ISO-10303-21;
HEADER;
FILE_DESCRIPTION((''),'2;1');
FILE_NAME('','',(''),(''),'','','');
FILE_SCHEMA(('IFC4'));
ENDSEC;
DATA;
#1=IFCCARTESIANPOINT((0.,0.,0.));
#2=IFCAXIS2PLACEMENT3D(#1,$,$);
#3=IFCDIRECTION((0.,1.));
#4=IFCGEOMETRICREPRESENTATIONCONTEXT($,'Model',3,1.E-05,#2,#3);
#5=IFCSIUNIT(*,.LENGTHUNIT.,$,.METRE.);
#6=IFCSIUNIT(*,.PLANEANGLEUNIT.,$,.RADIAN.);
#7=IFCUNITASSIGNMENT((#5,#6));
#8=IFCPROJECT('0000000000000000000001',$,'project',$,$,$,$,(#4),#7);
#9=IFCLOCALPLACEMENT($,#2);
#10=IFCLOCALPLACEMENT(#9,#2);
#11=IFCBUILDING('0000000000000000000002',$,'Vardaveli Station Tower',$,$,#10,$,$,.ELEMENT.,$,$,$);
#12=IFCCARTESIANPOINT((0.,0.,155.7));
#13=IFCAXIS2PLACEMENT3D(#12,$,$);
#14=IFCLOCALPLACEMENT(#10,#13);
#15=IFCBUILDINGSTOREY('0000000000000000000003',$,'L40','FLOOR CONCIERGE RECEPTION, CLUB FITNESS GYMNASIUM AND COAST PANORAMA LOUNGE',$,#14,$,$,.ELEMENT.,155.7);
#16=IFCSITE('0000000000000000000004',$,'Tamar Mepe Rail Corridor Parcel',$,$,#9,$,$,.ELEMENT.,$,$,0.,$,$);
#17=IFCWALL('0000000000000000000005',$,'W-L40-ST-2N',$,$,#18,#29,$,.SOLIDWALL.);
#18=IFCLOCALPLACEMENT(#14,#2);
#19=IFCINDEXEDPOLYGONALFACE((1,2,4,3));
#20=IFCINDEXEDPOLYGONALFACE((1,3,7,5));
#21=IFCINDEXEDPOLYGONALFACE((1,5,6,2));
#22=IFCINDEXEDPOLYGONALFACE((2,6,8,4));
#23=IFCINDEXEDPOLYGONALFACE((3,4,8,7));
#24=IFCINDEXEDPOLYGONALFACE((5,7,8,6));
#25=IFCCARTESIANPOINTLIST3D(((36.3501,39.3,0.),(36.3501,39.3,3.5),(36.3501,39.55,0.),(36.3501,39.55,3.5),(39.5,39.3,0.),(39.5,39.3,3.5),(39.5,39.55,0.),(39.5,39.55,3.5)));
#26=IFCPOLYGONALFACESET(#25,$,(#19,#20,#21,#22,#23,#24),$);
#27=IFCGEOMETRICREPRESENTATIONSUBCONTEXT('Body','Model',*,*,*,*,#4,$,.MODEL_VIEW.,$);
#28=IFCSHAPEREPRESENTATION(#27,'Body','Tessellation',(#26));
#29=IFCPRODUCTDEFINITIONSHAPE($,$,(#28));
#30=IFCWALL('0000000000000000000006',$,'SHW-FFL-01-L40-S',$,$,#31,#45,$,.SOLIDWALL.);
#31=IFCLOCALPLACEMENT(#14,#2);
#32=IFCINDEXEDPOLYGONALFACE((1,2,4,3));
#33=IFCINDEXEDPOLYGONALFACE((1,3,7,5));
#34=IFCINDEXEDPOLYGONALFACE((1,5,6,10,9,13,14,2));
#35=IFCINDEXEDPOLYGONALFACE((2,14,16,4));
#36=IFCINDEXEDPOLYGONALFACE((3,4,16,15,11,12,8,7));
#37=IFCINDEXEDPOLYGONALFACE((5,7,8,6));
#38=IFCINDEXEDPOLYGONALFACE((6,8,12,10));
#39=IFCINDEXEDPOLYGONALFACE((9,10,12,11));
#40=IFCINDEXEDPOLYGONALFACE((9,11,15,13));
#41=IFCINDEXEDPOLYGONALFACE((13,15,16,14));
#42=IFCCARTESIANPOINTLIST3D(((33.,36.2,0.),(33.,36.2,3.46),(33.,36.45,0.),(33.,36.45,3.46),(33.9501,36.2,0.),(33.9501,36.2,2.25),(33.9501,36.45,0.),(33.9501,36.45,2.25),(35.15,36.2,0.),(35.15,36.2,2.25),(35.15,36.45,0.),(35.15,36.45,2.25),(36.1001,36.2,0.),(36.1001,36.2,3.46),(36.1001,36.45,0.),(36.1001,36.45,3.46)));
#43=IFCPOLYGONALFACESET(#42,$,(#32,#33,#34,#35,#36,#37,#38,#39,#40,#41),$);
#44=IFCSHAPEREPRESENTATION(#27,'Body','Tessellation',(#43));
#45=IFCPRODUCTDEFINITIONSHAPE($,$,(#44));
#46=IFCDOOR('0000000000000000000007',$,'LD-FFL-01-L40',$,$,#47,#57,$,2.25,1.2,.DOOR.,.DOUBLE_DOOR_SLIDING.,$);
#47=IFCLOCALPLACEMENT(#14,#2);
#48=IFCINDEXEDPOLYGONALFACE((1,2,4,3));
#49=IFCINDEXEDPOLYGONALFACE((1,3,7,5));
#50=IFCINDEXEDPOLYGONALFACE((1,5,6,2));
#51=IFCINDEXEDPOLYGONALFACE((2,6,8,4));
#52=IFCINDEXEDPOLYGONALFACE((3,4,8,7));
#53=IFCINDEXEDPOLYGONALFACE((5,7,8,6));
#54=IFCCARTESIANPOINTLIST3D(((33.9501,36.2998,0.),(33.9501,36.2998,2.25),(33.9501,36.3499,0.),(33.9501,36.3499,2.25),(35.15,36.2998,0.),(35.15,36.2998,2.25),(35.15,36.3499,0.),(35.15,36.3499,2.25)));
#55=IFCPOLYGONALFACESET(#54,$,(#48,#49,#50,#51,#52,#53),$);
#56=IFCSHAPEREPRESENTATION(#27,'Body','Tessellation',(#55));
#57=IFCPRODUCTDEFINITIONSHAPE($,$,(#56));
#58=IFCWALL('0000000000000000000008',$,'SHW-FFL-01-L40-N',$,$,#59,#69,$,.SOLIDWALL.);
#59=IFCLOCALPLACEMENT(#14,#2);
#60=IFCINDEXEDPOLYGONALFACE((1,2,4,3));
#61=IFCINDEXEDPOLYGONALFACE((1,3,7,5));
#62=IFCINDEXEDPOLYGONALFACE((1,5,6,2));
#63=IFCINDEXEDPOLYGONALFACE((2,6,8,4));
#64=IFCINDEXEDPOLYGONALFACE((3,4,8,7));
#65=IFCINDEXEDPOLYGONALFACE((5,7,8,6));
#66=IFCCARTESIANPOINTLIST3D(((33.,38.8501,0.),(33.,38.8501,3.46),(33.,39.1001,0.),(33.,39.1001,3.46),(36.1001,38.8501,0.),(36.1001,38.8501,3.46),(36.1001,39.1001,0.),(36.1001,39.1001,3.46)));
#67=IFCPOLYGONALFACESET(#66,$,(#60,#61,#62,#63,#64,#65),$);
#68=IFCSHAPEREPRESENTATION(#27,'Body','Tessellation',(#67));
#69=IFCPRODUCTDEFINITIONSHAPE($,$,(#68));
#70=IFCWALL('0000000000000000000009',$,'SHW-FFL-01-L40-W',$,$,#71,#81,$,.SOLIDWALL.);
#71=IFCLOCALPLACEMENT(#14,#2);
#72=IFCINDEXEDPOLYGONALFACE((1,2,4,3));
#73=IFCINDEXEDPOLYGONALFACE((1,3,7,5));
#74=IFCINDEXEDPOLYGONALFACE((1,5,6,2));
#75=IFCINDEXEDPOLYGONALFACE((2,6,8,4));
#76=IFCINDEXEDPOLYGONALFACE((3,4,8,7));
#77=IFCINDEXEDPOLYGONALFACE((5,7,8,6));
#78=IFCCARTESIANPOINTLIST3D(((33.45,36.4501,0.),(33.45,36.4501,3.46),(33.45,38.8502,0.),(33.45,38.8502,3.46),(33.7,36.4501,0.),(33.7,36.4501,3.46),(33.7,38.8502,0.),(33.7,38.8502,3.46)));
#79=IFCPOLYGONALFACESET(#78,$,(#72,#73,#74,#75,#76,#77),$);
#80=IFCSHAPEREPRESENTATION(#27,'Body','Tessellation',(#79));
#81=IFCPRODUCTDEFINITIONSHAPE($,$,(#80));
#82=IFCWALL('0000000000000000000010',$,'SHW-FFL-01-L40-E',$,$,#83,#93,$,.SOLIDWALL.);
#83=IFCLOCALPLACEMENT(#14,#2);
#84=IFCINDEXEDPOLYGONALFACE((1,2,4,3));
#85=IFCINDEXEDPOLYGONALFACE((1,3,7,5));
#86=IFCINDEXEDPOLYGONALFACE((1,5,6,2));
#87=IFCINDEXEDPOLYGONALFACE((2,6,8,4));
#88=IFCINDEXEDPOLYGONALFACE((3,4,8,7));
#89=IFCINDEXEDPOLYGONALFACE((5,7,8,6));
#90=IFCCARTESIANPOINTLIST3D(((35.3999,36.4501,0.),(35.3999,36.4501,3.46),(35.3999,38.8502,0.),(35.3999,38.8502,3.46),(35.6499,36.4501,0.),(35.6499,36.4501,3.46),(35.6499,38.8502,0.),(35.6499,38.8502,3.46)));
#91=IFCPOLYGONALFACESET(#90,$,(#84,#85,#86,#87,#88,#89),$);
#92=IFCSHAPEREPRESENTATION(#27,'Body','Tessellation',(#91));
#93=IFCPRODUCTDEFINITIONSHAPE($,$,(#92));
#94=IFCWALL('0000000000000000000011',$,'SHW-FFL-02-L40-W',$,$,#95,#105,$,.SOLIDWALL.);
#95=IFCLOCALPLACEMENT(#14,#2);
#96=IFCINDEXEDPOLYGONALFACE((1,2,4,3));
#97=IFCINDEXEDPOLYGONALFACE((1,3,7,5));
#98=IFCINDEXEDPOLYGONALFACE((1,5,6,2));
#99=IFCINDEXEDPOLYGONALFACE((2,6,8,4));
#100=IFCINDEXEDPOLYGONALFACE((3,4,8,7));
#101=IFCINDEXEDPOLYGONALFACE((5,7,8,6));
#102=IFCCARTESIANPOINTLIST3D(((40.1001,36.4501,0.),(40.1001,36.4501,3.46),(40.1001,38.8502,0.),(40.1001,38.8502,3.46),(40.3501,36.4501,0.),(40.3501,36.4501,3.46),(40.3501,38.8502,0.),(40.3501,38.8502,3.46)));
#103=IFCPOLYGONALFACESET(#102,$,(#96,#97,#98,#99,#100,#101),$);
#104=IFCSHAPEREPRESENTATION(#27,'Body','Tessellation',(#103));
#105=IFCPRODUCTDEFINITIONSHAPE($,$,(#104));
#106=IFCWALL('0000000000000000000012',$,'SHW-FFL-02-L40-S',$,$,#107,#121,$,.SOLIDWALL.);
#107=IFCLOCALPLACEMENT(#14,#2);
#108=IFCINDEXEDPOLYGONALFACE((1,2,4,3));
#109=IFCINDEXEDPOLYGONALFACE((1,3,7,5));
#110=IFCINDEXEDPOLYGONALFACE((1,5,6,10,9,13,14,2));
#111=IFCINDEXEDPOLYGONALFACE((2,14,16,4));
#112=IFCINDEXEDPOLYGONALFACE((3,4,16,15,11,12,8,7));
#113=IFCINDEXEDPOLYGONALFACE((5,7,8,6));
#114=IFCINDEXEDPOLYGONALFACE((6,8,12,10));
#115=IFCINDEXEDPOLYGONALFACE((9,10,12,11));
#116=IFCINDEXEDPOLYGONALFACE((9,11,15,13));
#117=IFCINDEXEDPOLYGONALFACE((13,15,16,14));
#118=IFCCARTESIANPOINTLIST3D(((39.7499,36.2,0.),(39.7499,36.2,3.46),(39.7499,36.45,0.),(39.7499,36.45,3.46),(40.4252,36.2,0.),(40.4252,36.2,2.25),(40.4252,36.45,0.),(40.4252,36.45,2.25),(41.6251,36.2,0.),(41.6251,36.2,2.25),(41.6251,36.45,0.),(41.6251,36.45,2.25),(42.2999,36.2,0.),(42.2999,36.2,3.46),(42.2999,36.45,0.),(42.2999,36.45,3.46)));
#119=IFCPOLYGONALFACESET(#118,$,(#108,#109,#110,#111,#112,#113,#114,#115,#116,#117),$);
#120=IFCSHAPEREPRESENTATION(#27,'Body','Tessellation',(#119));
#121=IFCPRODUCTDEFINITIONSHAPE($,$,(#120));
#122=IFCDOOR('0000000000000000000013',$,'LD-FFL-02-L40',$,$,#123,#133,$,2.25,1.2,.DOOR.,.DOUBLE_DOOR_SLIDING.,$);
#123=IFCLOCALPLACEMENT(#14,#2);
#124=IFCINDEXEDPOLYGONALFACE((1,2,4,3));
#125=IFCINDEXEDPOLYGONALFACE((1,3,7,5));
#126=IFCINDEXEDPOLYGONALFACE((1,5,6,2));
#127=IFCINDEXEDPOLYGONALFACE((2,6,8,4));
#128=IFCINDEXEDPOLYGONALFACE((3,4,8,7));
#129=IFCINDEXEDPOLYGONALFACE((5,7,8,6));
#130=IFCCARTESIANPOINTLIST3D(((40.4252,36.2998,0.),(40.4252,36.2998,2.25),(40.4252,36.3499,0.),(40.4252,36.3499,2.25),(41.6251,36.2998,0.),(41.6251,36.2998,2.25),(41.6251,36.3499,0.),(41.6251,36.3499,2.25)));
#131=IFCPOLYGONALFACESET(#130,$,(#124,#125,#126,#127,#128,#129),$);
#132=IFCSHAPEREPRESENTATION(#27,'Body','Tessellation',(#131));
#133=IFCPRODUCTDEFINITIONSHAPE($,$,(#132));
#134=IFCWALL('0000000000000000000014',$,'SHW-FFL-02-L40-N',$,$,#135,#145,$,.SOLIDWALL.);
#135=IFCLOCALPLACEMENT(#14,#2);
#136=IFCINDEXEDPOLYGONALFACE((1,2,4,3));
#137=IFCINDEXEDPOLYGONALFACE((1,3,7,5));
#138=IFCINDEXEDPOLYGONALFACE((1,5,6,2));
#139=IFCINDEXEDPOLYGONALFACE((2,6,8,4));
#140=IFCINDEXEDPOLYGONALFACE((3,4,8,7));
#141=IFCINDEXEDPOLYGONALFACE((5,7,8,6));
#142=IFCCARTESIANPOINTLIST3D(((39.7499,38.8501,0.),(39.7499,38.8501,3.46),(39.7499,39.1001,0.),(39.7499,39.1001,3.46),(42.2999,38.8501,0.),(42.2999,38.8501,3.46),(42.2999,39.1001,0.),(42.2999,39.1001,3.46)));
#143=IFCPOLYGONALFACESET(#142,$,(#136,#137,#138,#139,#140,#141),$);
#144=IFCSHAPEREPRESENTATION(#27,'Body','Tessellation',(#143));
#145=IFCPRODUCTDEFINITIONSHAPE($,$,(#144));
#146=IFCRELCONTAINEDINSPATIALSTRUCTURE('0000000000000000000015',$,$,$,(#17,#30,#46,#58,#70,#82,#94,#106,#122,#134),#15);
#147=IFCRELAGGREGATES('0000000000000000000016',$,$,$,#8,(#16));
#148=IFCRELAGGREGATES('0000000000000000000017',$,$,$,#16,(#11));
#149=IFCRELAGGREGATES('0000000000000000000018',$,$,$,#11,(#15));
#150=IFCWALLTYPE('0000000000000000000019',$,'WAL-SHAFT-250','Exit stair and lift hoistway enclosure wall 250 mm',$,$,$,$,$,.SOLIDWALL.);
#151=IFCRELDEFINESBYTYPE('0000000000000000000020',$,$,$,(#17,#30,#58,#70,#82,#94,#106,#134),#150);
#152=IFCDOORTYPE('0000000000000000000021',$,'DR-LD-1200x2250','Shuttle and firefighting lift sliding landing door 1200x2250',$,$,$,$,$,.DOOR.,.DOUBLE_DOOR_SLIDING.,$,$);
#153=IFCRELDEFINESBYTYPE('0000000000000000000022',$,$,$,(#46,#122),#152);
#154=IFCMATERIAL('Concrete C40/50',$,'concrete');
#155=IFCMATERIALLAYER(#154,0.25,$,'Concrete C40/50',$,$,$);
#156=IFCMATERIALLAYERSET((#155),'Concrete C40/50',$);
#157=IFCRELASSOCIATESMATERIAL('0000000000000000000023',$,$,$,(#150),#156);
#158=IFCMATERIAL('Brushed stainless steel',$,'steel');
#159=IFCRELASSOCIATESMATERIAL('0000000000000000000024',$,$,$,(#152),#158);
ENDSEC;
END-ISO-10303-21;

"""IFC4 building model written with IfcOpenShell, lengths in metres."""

from ifc_helpers import new_model, si_unit, direction, frame, frame_2d, origin, place, context, subcontext, project, spatial, rectangle, extrude, source, transform, mapped, material, layer, layer_set, type_object, element, fill, save


model = new_model("IFC4")

# Units and contexts
model_context = context("Model", 3, precision=1e-05, world=origin(), true_north=direction((0.0, 1.0)))
body_context = subcontext(model_context, "Body", "Model", "MODEL_VIEW")
ifc_project = project(units=[si_unit("LENGTHUNIT", "METRE"), si_unit("PLANEANGLEUNIT", "RADIAN")], contexts=[model_context])

# Site, building, storey
site_placement = place(None, origin())
site = spatial("IfcSite", under=ifc_project, at=site_placement, Name="Tamar Mepe Rail Corridor Parcel", CompositionType="ELEMENT", RefElevation=0.0)
building_placement = place(site_placement, origin())
building = spatial("IfcBuilding", under=site, at=building_placement, Name="Vardaveli Station Tower", CompositionType="ELEMENT")
storey_placement = place(building_placement, frame((0.0, 0.0, 155.7)))
storey = spatial("IfcBuildingStorey", under=building, at=storey_placement, Name="L40", Description="FLOOR CONCIERGE RECEPTION, CLUB FITNESS GYMNASIUM AND COAST PANORAMA LOUNGE", CompositionType="ELEMENT", Elevation=155.7)

# Wall
ifc_material_1 = material(Name="Concrete C40/50", Category="concrete")
ifc_layer_1 = layer(ifc_material_1, 0.25, Name="Concrete C40/50")
ifc_layer_set_1 = layer_set([ifc_layer_1], Name="Concrete C40/50")
wall_type = type_object("IfcWallType", Name="WAL-SHAFT-250", Description="Exit stair and lift hoistway enclosure wall 250 mm", PredefinedType="SOLIDWALL", material=ifc_layer_set_1)
shared_shape_1 = source(origin(), body_context, "Body", "SweptSolid", [
    extrude(rectangle(XDim=3.1499, YDim=0.25, at=frame_2d((1.575, 0.0))), origin(), (0.0, 0.0, 1.0), 3.5),
])
wall_1_placement = place(storey_placement, frame((36.3501, 39.425, 0.0), z_axis=(0.0, 0.0, 1.0), x_axis=(1.0, 0.0, 0.0)))
element("IfcWall", 1, at=wall_1_placement, inside=storey, type_object=wall_type, Name="W-L40-ST-2N", PredefinedType="SOLIDWALL", context=body_context, shape_type="MappedRepresentation", body=[
    mapped(shared_shape_1, transform((0.0, 0.0, 0.0), scale=1.0)),
])

# Wall, opening, door
shared_shape_2 = source(origin(), body_context, "Body", "SweptSolid", [
    extrude(rectangle(XDim=3.1001, YDim=0.25, at=frame_2d((1.55, 0.0))), origin(), (0.0, 0.0, 1.0), 3.46),
])
wall_2_placement = place(storey_placement, frame((33.0, 36.325, 0.0), z_axis=(0.0, 0.0, 1.0), x_axis=(1.0, 0.0, 0.0)))
wall_2 = element("IfcWall", 2, at=wall_2_placement, inside=storey, type_object=wall_type, Name="SHW-FFL-01-L40-S", PredefinedType="SOLIDWALL", context=body_context, shape_type="MappedRepresentation", body=[
    mapped(shared_shape_2, transform((0.0, 0.0, 0.0), scale=1.0)),
])
shared_shape_3 = source(origin(), body_context, "Body", "SweptSolid", [
    extrude(rectangle(XDim=1.2, YDim=2.25, at=frame_2d((0.6001, 1.125))), frame((0.0, 0.135, 0.0), z_axis=(0.0, -1.0, 0.0), x_axis=(1.0, 0.0, 0.0)), (0.0, 0.0, 1.0), 0.27),
])
opening_1_placement = place(wall_2_placement, frame((0.95, 0.0, 0.0)))
opening_1 = element("IfcOpeningElement", 3, at=opening_1_placement, cuts=wall_2, PredefinedType="OPENING", context=body_context, shape_type="MappedRepresentation", body=[
    mapped(shared_shape_3, transform((0.0, 0.0, 0.0), scale=1.0)),
])
ifc_material_2 = material(Name="Brushed stainless steel", Category="steel")
door_type = type_object("IfcDoorType", Name="DR-LD-1200x2250", Description="Shuttle and firefighting lift sliding landing door 1200x2250", OperationType="DOUBLE_DOOR_SLIDING", PredefinedType="DOOR", material=ifc_material_2)
shared_shape_4 = source(origin(), body_context, "Body", "SweptSolid", [
    extrude(rectangle(XDim=1.2, YDim=2.25, at=frame_2d((0.6001, 1.125))), frame((0.0, 0.0249, 0.0), z_axis=(0.0, -1.0, 0.0), x_axis=(1.0, 0.0, 0.0)), (0.0, 0.0, 1.0), 0.05),
])
door_1_placement = place(opening_1_placement, origin())
door_1 = element("IfcDoor", 4, at=door_1_placement, inside=storey, type_object=door_type, Name="LD-FFL-01-L40", OperationType="DOUBLE_DOOR_SLIDING", OverallHeight=2.25, OverallWidth=1.2, PredefinedType="DOOR", context=body_context, shape_type="MappedRepresentation", body=[
    mapped(shared_shape_4, transform((0.0, 0.0, 0.0), scale=1.0)),
])
fill(opening_1, door_1)

# Walls
wall_3_placement = place(storey_placement, frame((33.0, 38.9751, 0.0), z_axis=(0.0, 0.0, 1.0), x_axis=(1.0, 0.0, 0.0)))
element("IfcWall", 5, at=wall_3_placement, inside=storey, type_object=wall_type, Name="SHW-FFL-01-L40-N", PredefinedType="SOLIDWALL", context=body_context, shape_type="MappedRepresentation", body=[
    mapped(shared_shape_2, transform((0.0, 0.0, 0.0), scale=1.0)),
])
shared_shape_5 = source(origin(), body_context, "Body", "SweptSolid", [
    extrude(rectangle(XDim=2.4001, YDim=0.25, at=frame_2d((1.2002, 0.0))), origin(), (0.0, 0.0, 1.0), 3.46),
])
for number, where, z_axis, x_axis, name in (
    (6, (33.575, 36.45, 0.0), (0.0, 0.0, 1.0), (0.0, 1.0, 0.0), "SHW-FFL-01-L40-W"),
    (7, (35.5249, 36.45, 0.0), (0.0, 0.0, 1.0), (0.0, 1.0, 0.0), "SHW-FFL-01-L40-E"),
    (8, (40.2251, 36.45, 0.0), (0.0, 0.0, 1.0), (0.0, 1.0, 0.0), "SHW-FFL-02-L40-W"),
):
    element("IfcWall", number, at=place(storey_placement, frame(where, z_axis=z_axis, x_axis=x_axis)), inside=storey, type_object=wall_type, Name=name, PredefinedType="SOLIDWALL", context=body_context, shape_type="MappedRepresentation", body=[
        mapped(shared_shape_5, transform((0.0, 0.0, 0.0), scale=1.0)),
    ])

# Wall, opening, door
shared_shape_6 = source(origin(), body_context, "Body", "SweptSolid", [
    extrude(rectangle(XDim=2.55, YDim=0.25, at=frame_2d((1.2749, 0.0))), origin(), (0.0, 0.0, 1.0), 3.46),
])
wall_4_placement = place(storey_placement, frame((39.75, 36.325, 0.0), z_axis=(0.0, 0.0, 1.0), x_axis=(1.0, 0.0, 0.0)))
wall_4 = element("IfcWall", 9, at=wall_4_placement, inside=storey, type_object=wall_type, Name="SHW-FFL-02-L40-S", PredefinedType="SOLIDWALL", context=body_context, shape_type="MappedRepresentation", body=[
    mapped(shared_shape_6, transform((0.0, 0.0, 0.0), scale=1.0)),
])
opening_2_placement = place(wall_4_placement, frame((0.675, 0.0, 0.0)))
opening_2 = element("IfcOpeningElement", 10, at=opening_2_placement, cuts=wall_4, PredefinedType="OPENING", context=body_context, shape_type="MappedRepresentation", body=[
    mapped(shared_shape_3, transform((0.0, 0.0, 0.0), scale=1.0)),
])
door_2_placement = place(opening_2_placement, origin())
door_2 = element("IfcDoor", 11, at=door_2_placement, inside=storey, type_object=door_type, Name="LD-FFL-02-L40", OperationType="DOUBLE_DOOR_SLIDING", OverallHeight=2.25, OverallWidth=1.2, PredefinedType="DOOR", context=body_context, shape_type="MappedRepresentation", body=[
    mapped(shared_shape_4, transform((0.0, 0.0, 0.0), scale=1.0)),
])
fill(opening_2, door_2)

# Wall
wall_5_placement = place(storey_placement, frame((39.75, 38.9751, 0.0), z_axis=(0.0, 0.0, 1.0), x_axis=(1.0, 0.0, 0.0)))
element("IfcWall", 12, at=wall_5_placement, inside=storey, type_object=wall_type, Name="SHW-FFL-02-L40-N", PredefinedType="SOLIDWALL", context=body_context, shape_type="MappedRepresentation", body=[
    mapped(shared_shape_6, transform((0.0, 0.0, 0.0), scale=1.0)),
])

save(model, "model.ifc")
